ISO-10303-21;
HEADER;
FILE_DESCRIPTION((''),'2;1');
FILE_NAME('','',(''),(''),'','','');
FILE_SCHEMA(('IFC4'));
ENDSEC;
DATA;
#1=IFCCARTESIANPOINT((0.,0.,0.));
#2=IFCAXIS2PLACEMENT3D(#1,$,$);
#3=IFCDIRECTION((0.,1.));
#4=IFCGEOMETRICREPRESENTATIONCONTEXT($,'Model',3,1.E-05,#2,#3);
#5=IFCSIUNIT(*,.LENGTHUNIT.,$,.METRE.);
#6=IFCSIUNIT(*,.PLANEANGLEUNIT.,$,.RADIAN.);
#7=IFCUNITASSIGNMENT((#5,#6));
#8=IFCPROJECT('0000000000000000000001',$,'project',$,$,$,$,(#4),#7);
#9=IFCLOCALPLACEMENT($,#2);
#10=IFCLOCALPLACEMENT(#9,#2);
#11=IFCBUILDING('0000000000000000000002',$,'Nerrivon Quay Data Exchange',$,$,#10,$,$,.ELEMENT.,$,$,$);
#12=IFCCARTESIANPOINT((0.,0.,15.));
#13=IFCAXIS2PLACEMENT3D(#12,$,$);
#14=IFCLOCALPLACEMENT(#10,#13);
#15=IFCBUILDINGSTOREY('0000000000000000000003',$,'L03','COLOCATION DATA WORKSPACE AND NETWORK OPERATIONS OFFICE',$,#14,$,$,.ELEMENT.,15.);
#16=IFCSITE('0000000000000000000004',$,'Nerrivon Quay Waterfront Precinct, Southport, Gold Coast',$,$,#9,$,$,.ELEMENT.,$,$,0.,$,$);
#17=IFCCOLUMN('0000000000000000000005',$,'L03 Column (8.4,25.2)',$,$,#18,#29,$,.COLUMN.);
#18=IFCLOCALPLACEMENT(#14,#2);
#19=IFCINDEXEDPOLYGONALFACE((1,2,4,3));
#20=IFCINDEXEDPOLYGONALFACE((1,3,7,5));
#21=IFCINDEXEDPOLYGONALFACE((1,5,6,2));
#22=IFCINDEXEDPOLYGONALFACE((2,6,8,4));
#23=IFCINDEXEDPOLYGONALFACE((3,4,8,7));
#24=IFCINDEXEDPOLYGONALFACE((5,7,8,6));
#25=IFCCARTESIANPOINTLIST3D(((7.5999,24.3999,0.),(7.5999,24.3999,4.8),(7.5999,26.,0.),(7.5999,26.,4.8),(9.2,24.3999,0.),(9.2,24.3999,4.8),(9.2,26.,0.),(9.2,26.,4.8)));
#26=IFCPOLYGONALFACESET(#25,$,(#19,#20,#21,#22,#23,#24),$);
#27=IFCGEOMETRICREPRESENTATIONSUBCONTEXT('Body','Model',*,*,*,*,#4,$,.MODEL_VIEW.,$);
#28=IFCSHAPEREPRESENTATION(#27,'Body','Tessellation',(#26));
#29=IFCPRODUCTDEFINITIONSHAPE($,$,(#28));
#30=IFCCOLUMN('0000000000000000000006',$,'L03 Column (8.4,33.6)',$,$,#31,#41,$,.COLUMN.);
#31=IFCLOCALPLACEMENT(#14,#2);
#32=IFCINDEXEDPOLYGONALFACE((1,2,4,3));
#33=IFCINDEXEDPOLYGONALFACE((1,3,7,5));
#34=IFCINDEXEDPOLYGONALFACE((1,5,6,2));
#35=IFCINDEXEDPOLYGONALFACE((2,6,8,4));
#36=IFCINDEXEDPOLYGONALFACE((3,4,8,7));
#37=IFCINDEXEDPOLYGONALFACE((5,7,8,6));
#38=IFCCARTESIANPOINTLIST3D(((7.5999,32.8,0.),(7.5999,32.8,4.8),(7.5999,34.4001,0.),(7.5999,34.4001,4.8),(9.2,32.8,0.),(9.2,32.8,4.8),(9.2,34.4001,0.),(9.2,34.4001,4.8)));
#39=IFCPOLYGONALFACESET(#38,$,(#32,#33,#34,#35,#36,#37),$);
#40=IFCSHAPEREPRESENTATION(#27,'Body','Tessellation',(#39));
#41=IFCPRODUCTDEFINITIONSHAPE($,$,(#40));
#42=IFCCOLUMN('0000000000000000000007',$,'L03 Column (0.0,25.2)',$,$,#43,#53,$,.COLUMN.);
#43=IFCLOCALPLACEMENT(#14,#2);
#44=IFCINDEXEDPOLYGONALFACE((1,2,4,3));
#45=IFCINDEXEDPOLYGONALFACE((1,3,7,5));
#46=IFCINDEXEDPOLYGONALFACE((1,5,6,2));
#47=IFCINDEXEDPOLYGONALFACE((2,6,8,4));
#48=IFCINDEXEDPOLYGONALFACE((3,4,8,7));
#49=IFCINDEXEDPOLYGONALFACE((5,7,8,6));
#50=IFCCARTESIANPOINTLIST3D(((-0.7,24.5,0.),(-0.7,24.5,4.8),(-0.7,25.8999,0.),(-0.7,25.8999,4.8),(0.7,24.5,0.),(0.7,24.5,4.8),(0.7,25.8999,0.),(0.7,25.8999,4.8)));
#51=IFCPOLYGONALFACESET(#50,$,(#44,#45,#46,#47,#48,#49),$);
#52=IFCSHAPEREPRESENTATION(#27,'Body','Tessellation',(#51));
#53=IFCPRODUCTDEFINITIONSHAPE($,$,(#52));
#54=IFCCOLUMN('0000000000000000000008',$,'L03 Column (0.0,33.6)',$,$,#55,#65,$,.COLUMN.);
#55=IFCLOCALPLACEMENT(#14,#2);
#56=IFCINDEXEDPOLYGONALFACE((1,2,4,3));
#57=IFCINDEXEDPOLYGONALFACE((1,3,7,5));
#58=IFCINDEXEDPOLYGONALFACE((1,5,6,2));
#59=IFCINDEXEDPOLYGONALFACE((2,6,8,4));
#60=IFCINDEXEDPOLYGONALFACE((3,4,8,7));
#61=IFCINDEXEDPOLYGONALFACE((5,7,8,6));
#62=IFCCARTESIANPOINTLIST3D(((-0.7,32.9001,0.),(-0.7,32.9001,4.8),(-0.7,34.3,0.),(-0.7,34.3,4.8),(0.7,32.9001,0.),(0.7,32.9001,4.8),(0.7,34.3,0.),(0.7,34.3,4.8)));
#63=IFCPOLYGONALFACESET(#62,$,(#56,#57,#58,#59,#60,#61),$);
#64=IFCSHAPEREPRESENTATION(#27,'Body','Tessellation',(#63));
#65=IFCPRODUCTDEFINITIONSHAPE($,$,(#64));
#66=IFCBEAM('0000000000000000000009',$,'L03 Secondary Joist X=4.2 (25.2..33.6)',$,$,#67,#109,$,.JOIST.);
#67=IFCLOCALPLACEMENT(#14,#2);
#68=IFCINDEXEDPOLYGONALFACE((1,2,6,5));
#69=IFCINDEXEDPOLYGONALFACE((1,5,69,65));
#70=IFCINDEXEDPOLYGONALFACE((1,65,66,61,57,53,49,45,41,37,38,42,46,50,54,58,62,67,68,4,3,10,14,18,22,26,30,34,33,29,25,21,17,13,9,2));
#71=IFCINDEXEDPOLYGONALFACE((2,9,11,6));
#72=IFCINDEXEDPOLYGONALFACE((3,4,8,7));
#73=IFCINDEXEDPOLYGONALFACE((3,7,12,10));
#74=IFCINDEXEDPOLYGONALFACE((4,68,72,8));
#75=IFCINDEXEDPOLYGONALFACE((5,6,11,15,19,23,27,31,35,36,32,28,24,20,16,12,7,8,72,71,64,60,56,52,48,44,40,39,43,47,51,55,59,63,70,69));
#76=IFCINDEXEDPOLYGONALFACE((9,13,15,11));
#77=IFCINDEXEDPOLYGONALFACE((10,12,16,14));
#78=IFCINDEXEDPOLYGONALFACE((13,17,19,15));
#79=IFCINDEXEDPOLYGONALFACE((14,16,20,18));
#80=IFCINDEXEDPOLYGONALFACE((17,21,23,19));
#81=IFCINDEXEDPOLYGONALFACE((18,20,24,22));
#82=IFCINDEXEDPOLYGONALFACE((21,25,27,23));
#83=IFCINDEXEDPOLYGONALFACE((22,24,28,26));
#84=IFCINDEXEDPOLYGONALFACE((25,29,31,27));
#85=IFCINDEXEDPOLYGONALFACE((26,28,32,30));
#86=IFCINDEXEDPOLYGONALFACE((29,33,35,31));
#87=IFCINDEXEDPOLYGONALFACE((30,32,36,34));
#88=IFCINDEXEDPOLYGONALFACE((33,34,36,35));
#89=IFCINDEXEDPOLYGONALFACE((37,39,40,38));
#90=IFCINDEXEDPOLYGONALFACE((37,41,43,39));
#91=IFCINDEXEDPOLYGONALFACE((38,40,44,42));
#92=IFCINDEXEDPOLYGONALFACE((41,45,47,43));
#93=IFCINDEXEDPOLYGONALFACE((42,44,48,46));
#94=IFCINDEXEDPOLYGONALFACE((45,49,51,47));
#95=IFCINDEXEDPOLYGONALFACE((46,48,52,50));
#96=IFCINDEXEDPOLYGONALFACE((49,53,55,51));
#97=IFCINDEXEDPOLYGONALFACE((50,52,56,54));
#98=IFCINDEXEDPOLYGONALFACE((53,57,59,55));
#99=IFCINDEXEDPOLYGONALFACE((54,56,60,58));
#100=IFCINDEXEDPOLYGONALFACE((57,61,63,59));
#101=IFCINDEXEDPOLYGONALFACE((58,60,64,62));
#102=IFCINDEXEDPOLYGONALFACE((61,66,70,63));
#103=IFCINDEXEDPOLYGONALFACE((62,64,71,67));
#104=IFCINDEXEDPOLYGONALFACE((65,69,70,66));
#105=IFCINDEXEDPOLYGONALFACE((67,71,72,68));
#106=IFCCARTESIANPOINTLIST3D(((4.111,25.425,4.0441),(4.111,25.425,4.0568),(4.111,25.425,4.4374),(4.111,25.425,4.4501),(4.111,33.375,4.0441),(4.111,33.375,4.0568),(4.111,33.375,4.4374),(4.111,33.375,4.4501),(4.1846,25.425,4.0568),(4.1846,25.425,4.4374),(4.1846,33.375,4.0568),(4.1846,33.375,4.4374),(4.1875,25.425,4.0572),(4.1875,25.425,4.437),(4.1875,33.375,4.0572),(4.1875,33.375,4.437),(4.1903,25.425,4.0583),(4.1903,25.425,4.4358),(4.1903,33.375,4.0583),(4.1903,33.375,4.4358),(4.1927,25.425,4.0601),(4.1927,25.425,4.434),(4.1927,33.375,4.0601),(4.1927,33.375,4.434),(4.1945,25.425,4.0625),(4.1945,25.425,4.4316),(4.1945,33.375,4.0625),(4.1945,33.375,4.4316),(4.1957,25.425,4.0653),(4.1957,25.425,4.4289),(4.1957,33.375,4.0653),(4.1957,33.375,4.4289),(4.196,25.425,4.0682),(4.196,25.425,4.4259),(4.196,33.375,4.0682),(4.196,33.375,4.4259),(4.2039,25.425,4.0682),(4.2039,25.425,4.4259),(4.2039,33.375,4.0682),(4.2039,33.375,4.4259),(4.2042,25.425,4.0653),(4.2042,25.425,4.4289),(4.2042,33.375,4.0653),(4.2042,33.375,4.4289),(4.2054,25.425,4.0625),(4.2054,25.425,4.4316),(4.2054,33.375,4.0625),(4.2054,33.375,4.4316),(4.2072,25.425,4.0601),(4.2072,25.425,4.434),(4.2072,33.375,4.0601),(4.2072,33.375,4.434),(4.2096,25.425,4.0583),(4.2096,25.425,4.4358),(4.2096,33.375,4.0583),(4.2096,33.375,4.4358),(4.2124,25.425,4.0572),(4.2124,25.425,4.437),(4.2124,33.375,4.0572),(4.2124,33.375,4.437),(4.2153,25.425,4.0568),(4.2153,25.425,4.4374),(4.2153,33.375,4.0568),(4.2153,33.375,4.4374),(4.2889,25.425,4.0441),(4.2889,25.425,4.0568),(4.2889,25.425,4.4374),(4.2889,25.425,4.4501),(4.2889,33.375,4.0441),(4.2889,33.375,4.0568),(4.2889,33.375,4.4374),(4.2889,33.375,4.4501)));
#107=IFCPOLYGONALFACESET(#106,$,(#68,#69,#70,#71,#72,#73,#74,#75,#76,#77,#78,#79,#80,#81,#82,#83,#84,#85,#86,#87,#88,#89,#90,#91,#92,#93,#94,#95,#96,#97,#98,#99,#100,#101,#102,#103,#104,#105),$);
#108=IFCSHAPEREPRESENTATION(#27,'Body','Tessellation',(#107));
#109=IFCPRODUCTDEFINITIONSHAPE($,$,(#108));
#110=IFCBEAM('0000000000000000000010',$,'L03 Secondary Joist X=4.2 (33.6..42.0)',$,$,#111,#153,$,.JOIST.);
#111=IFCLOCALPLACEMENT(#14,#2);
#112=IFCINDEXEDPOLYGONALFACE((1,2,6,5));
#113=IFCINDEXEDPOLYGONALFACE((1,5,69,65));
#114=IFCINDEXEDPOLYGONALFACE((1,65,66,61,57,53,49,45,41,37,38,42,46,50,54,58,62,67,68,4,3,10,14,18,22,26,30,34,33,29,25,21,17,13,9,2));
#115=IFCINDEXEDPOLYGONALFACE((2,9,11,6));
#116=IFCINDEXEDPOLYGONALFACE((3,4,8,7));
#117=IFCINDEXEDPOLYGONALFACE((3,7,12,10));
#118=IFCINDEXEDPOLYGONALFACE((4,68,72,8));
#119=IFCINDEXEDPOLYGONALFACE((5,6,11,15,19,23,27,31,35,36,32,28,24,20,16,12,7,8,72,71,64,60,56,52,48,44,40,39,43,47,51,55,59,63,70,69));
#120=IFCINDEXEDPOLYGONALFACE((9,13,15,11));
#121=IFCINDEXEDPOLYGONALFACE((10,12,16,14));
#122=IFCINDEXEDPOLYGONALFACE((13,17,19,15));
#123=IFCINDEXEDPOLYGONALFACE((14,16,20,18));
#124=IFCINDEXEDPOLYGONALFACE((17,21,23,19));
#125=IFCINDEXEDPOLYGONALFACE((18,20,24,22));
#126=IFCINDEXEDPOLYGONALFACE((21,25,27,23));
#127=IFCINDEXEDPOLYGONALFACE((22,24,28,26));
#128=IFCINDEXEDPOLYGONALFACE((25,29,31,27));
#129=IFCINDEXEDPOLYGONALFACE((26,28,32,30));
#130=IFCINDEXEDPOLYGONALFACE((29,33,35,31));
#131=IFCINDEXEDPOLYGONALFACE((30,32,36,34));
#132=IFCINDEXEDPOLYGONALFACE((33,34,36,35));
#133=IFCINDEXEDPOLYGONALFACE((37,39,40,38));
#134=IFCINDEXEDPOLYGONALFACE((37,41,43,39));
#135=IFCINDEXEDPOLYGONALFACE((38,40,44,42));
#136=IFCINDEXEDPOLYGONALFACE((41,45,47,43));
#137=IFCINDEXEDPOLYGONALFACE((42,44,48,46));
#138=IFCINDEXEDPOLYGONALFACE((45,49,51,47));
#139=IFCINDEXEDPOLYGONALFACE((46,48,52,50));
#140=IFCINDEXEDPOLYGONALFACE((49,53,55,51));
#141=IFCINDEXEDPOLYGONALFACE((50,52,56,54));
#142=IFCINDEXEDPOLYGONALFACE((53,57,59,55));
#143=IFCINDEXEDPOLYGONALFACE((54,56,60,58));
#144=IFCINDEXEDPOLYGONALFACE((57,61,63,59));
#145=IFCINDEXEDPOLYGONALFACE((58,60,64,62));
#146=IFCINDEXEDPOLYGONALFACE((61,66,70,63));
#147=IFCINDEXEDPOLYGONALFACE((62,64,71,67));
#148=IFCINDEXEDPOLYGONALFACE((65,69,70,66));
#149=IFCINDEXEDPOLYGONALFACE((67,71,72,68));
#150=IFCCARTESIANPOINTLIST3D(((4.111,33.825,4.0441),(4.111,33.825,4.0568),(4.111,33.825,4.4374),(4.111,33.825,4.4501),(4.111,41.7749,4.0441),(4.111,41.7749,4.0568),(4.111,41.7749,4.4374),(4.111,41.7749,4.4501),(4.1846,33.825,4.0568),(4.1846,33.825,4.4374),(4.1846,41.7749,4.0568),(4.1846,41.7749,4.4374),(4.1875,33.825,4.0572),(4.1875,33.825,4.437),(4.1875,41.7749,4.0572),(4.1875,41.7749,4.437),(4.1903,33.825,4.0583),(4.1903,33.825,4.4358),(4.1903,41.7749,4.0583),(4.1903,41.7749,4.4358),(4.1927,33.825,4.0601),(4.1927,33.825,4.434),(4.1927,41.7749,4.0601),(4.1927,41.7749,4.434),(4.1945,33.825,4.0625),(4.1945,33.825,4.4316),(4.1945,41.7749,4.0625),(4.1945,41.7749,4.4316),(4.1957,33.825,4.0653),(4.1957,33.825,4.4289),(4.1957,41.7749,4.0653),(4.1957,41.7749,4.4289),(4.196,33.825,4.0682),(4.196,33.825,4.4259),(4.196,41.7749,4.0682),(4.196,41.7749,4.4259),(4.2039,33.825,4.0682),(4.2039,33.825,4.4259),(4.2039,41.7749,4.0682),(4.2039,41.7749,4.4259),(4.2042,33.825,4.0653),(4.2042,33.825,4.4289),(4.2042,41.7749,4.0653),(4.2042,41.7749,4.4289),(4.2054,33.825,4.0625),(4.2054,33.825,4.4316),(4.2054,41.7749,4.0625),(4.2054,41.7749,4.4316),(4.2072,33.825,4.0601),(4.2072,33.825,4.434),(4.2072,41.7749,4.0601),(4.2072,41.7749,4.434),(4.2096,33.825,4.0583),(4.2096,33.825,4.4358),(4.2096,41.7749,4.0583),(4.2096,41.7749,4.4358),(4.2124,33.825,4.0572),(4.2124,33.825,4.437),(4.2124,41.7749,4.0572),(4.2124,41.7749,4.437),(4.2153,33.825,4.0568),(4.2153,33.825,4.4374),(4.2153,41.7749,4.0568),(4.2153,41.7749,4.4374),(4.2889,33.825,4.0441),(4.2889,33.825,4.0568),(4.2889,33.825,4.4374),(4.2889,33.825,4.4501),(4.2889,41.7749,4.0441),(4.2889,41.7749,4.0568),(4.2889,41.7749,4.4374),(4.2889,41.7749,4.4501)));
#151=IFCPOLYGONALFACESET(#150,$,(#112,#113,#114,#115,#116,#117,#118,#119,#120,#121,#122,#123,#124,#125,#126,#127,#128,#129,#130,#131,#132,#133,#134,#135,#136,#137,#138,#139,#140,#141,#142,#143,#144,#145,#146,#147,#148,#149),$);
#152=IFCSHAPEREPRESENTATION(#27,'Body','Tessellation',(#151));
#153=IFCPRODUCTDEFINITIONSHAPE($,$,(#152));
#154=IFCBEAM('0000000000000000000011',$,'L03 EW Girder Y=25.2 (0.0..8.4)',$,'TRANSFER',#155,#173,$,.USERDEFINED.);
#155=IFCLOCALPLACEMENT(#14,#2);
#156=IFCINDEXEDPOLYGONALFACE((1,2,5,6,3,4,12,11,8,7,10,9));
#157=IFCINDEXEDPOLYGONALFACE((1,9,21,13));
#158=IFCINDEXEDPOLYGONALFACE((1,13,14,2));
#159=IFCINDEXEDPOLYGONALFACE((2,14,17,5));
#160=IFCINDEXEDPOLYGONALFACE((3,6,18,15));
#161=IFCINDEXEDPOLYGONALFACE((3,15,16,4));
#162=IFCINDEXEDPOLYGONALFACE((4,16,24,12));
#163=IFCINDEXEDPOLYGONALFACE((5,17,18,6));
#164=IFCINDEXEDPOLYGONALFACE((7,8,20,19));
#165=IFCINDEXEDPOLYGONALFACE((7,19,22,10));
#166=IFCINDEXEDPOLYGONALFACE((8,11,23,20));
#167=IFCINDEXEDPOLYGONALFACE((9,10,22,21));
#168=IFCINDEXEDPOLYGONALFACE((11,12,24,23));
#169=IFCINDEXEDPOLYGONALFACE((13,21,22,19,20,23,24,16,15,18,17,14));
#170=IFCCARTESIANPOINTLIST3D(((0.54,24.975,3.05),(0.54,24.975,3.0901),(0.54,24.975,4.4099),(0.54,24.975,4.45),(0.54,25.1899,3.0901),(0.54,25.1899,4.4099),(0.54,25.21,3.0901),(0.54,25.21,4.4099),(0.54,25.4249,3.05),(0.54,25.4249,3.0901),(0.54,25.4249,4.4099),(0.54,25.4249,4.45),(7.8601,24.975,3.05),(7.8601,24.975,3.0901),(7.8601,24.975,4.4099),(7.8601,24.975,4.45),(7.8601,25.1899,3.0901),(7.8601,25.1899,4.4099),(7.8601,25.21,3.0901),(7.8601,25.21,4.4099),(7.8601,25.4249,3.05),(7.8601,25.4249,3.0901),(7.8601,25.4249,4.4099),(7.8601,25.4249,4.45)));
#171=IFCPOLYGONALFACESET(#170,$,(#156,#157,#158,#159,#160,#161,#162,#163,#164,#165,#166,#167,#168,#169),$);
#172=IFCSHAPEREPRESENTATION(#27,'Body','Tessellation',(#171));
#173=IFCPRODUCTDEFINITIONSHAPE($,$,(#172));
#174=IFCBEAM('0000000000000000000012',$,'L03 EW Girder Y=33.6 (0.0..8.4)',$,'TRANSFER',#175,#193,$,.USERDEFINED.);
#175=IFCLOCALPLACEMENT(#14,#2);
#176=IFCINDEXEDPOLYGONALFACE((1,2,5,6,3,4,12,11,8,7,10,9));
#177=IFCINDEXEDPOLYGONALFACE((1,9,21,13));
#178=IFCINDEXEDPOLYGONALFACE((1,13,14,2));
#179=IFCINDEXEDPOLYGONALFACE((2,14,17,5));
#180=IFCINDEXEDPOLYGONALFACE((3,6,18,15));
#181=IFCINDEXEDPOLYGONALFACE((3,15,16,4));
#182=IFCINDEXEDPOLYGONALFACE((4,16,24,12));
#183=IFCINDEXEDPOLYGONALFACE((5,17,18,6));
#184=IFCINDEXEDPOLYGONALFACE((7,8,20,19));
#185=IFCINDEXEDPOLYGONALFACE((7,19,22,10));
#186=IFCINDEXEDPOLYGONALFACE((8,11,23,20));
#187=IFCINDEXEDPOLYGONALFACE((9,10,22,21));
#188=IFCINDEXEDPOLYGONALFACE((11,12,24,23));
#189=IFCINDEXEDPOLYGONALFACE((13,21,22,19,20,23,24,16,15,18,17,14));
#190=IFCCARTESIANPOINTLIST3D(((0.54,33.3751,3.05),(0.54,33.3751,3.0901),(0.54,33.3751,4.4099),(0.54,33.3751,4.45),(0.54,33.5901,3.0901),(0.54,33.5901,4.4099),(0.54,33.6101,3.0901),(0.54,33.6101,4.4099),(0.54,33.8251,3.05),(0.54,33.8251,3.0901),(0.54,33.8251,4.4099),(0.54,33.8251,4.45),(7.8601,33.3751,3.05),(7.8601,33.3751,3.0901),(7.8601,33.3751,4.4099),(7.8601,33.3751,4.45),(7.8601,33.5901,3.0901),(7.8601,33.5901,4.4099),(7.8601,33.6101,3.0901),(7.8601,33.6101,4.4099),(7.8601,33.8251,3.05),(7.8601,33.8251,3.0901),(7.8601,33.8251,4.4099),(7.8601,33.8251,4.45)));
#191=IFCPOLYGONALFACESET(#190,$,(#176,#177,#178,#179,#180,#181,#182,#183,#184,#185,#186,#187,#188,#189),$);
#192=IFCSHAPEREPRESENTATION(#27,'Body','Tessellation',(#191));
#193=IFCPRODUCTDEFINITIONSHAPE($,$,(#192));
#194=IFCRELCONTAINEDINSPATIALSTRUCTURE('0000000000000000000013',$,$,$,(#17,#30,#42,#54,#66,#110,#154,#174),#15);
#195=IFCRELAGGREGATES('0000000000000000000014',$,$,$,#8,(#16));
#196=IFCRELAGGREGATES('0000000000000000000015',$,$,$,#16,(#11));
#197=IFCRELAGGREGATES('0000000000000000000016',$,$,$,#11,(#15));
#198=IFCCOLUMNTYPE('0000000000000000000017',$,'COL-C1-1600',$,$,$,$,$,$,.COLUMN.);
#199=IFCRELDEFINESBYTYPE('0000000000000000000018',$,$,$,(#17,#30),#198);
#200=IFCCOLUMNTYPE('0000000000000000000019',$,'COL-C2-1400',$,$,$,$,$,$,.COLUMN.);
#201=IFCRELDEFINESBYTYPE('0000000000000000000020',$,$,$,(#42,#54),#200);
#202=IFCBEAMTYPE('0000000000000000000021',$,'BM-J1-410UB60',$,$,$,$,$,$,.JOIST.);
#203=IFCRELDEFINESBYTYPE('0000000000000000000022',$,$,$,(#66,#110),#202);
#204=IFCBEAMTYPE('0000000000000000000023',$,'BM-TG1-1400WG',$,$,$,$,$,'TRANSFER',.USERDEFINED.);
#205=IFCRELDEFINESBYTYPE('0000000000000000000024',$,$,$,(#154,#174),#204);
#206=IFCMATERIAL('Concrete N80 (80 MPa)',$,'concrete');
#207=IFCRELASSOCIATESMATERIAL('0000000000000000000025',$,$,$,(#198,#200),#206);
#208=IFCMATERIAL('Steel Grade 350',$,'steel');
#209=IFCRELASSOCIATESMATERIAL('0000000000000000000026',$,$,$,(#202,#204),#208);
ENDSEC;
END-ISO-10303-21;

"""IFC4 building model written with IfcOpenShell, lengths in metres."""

from ifc_helpers import new_model, si_unit, direction, frame, origin, origin_2d, place, context, subcontext, project, spatial, rectangle, i_section, extrude, material, material_profile, profile_set, type_object, element, save


model = new_model("IFC4")

# Units and contexts
model_context = context("Model", 3, precision=1e-05, world=origin(), true_north=direction((0.0, 1.0)))
body_context = subcontext(model_context, "Body", "Model", "MODEL_VIEW")
ifc_project = project(units=[si_unit("LENGTHUNIT", "METRE"), si_unit("PLANEANGLEUNIT", "RADIAN")], contexts=[model_context])

# Site, building, storey
site_placement = place(None, origin())
site = spatial("IfcSite", under=ifc_project, at=site_placement, Name="Nerrivon Quay Waterfront Precinct, Southport, Gold Coast", CompositionType="ELEMENT", RefElevation=0.0)
building_placement = place(site_placement, origin())
building = spatial("IfcBuilding", under=site, at=building_placement, Name="Nerrivon Quay Data Exchange", CompositionType="ELEMENT")
storey_placement = place(building_placement, frame((0.0, 0.0, 15.0)))
storey = spatial("IfcBuildingStorey", under=building, at=storey_placement, Name="L03", Description="COLOCATION DATA WORKSPACE AND NETWORK OPERATIONS OFFICE", CompositionType="ELEMENT", Elevation=15.0)

# Columns
ifc_material_1 = material(Name="Concrete N80 (80 MPa)", Category="concrete")
ifc_material_profile_1 = material_profile(ifc_material_1, rectangle(XDim=1.6001, YDim=1.6001, at=origin_2d()), Name="RC-COL-1600x1600")
ifc_profile_set_1 = profile_set([ifc_material_profile_1], Name="Concrete N80 (80 MPa)")
column_type_1 = type_object("IfcColumnType", Name="COL-C1-1600", PredefinedType="COLUMN", material=ifc_profile_set_1)
for number, where, z_axis, x_axis, name in (
    (1, (8.3999, 25.2, 0.0), (0.0, 0.0, 1.0), (1.0, 0.0, 0.0), "L03 Column (8.4,25.2)"),
    (2, (8.3999, 33.6001, 0.0), (0.0, 0.0, 1.0), (1.0, 0.0, 0.0), "L03 Column (8.4,33.6)"),
):
    element("IfcColumn", number, at=place(storey_placement, frame(where, z_axis=z_axis, x_axis=x_axis)), inside=storey, type_object=column_type_1, Name=name, PredefinedType="COLUMN", context=body_context, shape_type="SweptSolid", body=[
        extrude(rectangle(XDim=1.6001, YDim=1.6001, at=origin_2d()), origin(), (0.0, 0.0, 1.0), 4.8),
    ])
ifc_material_profile_2 = material_profile(ifc_material_1, rectangle(XDim=1.3999, YDim=1.3999, at=origin_2d()), Name="RC-COL-1400x1400")
ifc_profile_set_2 = profile_set([ifc_material_profile_2], Name="Concrete N80 (80 MPa)")
column_type_2 = type_object("IfcColumnType", Name="COL-C2-1400", PredefinedType="COLUMN", material=ifc_profile_set_2)
for number, where, z_axis, x_axis, name in (
    (3, (0.0, 25.2, 0.0), (0.0, 0.0, 1.0), (1.0, 0.0, 0.0), "L03 Column (0.0,25.2)"),
    (4, (0.0, 33.6001, 0.0), (0.0, 0.0, 1.0), (1.0, 0.0, 0.0), "L03 Column (0.0,33.6)"),
):
    element("IfcColumn", number, at=place(storey_placement, frame(where, z_axis=z_axis, x_axis=x_axis)), inside=storey, type_object=column_type_2, Name=name, PredefinedType="COLUMN", context=body_context, shape_type="SweptSolid", body=[
        extrude(rectangle(XDim=1.3999, YDim=1.3999, at=origin_2d()), origin(), (0.0, 0.0, 1.0), 4.8),
    ])

# Beams
ifc_material_2 = material(Name="Steel Grade 350", Category="steel")
ifc_material_profile_3 = material_profile(ifc_material_2, i_section(OverallWidth=0.178, OverallDepth=0.406, WebThickness=0.0078, FlangeThickness=0.0127, FilletRadius=0.0115, at=origin_2d()), Name="410UB59.7")
ifc_profile_set_3 = profile_set([ifc_material_profile_3], Name="Steel Grade 350")
beam_type_1 = type_object("IfcBeamType", Name="BM-J1-410UB60", PredefinedType="JOIST", material=ifc_profile_set_3)
for number, where, z_axis, x_axis, name in (
    (5, (4.2, 25.425, 4.2471), (0.0, 1.0, 0.0), (-1.0, 0.0, 0.0), "L03 Secondary Joist X=4.2 (25.2..33.6)"),
    (6, (4.2, 33.825, 4.2471), (0.0, 1.0, 0.0), (-1.0, 0.0, 0.0), "L03 Secondary Joist X=4.2 (33.6..42.0)"),
):
    element("IfcBeam", number, at=place(storey_placement, frame(where, z_axis=z_axis, x_axis=x_axis)), inside=storey, type_object=beam_type_1, Name=name, PredefinedType="JOIST", context=body_context, shape_type="SweptSolid", body=[
        extrude(i_section(OverallWidth=0.178, OverallDepth=0.406, WebThickness=0.0078, FlangeThickness=0.0127, FilletRadius=0.0115, at=origin_2d()), origin(), (0.0, 0.0, 1.0), 7.95),
    ])
ifc_material_profile_4 = material_profile(ifc_material_2, i_section(OverallWidth=0.45, OverallDepth=1.3999, WebThickness=0.02, FlangeThickness=0.04, at=origin_2d()), Name="1400WG455")
ifc_profile_set_4 = profile_set([ifc_material_profile_4], Name="Steel Grade 350")
beam_type_2 = type_object("IfcBeamType", Name="BM-TG1-1400WG", ElementType="TRANSFER", PredefinedType="USERDEFINED", material=ifc_profile_set_4)
for number, where, z_axis, x_axis, name in (
    (7, (0.54, 25.2, 3.75), (1.0, 0.0, 0.0), (0.0, 1.0, 0.0), "L03 EW Girder Y=25.2 (0.0..8.4)"),
    (8, (0.54, 33.6001, 3.75), (1.0, 0.0, 0.0), (0.0, 1.0, 0.0), "L03 EW Girder Y=33.6 (0.0..8.4)"),
):
    element("IfcBeam", number, at=place(storey_placement, frame(where, z_axis=z_axis, x_axis=x_axis)), inside=storey, type_object=beam_type_2, Name=name, ObjectType="TRANSFER", PredefinedType="USERDEFINED", context=body_context, shape_type="SweptSolid", body=[
        extrude(i_section(OverallWidth=0.45, OverallDepth=1.3999, WebThickness=0.02, FlangeThickness=0.04, at=origin_2d()), origin(), (0.0, 0.0, 1.0), 7.3201),
    ])

save(model, "model.ifc")
